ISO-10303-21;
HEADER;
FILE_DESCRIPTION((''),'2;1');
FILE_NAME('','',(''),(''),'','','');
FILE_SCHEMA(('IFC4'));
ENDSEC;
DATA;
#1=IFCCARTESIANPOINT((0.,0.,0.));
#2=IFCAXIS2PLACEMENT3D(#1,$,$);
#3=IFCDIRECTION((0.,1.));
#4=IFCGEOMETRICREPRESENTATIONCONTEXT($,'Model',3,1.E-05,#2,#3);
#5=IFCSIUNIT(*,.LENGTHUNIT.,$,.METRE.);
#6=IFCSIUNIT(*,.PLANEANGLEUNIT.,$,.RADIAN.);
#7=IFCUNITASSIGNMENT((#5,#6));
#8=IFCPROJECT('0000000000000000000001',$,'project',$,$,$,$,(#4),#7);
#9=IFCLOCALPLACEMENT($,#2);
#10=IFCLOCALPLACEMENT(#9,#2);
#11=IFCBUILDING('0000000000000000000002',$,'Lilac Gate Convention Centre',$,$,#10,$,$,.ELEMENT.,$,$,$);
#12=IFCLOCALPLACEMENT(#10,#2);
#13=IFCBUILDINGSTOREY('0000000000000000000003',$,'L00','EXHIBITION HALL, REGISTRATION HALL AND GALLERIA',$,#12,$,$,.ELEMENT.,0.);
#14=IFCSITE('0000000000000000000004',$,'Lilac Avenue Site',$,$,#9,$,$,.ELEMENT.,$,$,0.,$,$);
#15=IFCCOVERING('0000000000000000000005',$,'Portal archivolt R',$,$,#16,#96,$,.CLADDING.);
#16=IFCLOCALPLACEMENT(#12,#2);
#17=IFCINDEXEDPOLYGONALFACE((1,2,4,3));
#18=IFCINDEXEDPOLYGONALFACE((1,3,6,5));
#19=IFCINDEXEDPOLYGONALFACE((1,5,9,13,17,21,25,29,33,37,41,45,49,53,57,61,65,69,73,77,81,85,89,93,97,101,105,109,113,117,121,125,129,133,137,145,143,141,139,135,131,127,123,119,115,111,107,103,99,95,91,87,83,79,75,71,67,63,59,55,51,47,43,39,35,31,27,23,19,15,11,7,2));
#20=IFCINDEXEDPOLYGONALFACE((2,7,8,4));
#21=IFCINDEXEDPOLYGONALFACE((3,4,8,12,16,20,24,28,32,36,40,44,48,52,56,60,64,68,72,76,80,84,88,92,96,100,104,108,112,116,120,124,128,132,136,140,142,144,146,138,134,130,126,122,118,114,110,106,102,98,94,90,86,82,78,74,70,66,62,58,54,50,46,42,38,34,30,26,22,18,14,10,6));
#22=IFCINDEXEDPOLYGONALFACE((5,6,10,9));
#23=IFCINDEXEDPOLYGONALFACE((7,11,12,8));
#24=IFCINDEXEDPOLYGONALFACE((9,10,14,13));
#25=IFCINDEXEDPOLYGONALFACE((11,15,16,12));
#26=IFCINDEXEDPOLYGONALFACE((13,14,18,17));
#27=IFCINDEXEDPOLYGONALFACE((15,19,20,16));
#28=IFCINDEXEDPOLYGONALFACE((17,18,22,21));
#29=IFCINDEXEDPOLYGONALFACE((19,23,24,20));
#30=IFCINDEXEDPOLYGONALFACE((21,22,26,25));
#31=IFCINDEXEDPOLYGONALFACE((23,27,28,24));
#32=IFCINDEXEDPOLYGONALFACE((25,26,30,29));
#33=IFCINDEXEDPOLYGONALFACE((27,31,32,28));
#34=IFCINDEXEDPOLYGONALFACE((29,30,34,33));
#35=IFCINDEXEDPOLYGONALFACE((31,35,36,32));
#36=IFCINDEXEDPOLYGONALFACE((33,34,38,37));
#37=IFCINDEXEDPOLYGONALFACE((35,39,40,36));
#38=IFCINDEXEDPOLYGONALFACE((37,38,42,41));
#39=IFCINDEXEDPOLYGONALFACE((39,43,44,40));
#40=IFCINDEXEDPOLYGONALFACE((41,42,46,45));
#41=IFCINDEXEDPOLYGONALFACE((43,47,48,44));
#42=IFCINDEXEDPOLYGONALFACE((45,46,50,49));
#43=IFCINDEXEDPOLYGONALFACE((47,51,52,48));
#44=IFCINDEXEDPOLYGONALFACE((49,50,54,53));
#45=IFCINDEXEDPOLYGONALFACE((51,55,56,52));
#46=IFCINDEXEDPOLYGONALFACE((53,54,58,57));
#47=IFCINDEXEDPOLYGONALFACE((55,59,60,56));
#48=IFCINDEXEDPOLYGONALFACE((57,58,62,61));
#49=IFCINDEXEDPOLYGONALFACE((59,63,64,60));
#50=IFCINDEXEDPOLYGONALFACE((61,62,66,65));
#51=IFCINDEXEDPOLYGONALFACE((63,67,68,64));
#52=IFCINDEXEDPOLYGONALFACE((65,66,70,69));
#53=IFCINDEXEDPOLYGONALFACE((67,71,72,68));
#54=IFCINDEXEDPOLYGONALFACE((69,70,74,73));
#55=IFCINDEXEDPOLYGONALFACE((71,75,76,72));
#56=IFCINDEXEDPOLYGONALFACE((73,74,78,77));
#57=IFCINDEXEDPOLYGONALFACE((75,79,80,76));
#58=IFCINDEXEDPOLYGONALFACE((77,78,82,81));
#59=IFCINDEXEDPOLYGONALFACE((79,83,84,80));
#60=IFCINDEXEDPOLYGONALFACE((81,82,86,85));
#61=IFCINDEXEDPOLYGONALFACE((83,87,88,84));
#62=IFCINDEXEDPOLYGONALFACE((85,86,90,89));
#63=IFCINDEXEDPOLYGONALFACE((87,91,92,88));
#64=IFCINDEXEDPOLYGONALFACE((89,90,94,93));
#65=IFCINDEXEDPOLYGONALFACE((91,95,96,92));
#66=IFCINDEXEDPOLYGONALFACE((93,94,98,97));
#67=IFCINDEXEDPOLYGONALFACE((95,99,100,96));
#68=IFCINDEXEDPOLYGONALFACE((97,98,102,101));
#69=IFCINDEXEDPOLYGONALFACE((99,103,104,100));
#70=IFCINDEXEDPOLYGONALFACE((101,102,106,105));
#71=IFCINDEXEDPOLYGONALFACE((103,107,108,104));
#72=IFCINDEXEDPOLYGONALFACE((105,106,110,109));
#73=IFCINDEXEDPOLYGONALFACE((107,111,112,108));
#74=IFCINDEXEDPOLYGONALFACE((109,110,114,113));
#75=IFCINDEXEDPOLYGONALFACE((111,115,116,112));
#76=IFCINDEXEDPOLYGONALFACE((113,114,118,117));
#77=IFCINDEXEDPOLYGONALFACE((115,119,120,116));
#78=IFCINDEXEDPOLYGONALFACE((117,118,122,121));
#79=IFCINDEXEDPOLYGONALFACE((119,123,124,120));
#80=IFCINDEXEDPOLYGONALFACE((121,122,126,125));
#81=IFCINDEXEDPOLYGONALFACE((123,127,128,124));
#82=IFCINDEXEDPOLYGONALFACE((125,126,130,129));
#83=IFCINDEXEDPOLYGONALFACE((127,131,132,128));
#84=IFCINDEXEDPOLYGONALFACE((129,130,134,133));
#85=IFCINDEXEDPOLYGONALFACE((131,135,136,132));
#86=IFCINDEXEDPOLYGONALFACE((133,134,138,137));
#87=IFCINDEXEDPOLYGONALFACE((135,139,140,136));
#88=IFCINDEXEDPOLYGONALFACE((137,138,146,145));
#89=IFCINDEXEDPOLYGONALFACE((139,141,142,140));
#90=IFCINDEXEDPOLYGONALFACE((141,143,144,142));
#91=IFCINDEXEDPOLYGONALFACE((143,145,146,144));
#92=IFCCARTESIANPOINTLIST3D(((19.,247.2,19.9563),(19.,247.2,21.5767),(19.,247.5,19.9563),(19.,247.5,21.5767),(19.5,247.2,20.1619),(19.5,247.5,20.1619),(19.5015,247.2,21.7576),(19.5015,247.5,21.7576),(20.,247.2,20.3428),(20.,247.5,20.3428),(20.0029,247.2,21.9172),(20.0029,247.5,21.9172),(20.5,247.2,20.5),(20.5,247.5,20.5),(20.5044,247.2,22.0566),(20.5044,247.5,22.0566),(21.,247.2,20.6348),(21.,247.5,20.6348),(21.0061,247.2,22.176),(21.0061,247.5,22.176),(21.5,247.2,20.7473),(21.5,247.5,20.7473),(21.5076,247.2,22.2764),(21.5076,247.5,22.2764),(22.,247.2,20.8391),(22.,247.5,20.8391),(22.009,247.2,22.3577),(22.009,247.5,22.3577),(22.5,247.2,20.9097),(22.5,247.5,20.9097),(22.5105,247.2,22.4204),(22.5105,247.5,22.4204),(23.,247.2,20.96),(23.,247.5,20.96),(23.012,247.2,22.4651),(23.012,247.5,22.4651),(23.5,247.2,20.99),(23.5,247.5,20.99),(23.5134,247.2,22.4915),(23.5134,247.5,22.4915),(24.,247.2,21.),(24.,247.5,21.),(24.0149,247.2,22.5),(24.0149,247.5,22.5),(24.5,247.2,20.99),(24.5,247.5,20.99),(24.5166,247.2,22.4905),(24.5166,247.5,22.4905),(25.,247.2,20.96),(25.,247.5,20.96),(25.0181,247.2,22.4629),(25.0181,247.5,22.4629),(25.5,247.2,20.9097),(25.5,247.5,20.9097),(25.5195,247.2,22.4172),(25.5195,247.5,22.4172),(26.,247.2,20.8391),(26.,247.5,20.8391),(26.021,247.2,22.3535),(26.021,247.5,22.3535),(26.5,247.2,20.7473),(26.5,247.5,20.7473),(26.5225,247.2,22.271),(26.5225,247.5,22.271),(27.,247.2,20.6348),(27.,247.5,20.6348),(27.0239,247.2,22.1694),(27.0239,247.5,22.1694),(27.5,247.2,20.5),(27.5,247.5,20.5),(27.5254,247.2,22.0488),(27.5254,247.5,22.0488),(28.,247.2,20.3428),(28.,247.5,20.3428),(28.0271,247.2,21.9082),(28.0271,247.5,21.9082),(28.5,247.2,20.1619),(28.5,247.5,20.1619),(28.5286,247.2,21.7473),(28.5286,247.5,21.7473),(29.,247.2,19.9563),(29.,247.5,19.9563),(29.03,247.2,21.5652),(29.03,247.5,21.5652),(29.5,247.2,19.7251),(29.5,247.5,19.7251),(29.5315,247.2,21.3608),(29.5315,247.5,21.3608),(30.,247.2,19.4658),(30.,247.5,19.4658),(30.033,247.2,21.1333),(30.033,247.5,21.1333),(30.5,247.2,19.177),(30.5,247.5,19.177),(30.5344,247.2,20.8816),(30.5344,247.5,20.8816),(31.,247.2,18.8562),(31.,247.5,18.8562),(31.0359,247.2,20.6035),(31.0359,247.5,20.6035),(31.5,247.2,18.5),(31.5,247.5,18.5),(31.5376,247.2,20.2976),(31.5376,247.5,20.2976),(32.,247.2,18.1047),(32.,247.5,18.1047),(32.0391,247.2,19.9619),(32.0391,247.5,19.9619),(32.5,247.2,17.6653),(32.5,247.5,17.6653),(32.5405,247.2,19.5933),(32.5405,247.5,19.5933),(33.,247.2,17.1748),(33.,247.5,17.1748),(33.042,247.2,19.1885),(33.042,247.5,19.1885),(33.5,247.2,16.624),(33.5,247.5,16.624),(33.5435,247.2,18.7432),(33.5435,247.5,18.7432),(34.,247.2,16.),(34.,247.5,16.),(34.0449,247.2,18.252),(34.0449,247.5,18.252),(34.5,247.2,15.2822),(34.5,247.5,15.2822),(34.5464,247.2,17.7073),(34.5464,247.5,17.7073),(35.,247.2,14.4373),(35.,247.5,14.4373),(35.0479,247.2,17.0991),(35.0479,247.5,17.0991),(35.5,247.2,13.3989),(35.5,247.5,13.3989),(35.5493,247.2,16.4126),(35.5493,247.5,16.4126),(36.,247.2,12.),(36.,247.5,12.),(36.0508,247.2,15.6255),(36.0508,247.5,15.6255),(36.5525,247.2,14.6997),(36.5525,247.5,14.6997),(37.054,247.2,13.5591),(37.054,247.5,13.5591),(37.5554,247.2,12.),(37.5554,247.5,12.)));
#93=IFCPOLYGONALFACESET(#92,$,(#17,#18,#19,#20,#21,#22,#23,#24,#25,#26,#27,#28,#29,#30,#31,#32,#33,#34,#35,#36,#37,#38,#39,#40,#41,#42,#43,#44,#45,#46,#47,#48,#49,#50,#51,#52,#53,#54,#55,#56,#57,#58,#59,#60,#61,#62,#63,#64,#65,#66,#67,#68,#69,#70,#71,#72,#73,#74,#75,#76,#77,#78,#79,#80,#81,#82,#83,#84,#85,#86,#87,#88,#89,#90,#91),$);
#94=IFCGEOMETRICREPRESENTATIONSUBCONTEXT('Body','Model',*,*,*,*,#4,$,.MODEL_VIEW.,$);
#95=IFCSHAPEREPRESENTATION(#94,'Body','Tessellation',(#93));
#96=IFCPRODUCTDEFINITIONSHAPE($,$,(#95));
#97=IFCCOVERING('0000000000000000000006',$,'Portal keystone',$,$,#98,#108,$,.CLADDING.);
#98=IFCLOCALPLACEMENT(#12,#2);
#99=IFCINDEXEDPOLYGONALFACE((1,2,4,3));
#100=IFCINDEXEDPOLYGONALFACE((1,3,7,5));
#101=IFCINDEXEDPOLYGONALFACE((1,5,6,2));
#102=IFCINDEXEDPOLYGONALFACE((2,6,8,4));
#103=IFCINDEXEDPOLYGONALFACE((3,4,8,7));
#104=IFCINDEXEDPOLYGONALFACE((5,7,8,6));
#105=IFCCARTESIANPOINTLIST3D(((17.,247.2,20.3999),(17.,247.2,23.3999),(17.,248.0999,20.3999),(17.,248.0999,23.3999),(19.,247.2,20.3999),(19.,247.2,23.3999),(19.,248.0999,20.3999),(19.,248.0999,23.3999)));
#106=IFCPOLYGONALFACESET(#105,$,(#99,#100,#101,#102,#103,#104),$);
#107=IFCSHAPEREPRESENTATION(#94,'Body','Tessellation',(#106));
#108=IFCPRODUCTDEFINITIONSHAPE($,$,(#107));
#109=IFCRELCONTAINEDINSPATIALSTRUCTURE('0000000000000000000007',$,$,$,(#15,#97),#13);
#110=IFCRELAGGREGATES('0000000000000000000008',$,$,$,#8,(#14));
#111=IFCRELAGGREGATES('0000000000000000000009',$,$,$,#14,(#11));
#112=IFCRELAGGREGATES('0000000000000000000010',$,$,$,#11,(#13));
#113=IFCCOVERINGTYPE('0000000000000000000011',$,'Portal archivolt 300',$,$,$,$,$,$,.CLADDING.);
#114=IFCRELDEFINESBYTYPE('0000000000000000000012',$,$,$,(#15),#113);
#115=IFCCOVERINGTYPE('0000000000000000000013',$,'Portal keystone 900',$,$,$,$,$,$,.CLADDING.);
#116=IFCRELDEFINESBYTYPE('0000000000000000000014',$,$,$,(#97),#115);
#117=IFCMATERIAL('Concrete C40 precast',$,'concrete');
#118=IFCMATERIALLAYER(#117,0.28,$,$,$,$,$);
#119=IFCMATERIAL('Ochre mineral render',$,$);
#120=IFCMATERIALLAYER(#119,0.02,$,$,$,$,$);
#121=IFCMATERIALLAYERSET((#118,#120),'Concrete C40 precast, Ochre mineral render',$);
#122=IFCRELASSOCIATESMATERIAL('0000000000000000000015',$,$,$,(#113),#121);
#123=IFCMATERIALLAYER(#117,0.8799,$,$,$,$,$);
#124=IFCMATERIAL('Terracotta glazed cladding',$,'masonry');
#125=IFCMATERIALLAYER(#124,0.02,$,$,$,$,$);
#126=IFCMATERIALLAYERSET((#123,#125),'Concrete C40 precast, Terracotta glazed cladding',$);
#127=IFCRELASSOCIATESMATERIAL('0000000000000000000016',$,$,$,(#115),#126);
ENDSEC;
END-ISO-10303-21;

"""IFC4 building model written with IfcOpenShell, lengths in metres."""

from ifc_helpers import new_model, si_unit, direction, frame, frame_2d, origin, place, context, subcontext, project, spatial, polyline, rectangle, outline, extrude, material, layer, layer_set, type_object, element, save


model = new_model("IFC4")

# Units and contexts
model_context = context("Model", 3, precision=1e-05, world=origin(), true_north=direction((0.0, 1.0)))
body_context = subcontext(model_context, "Body", "Model", "MODEL_VIEW")
ifc_project = project(units=[si_unit("LENGTHUNIT", "METRE"), si_unit("PLANEANGLEUNIT", "RADIAN")], contexts=[model_context])

# Site, building, storey
site_placement = place(None, origin())
site = spatial("IfcSite", under=ifc_project, at=site_placement, Name="Lilac Avenue Site", CompositionType="ELEMENT", RefElevation=0.0)
building_placement = place(site_placement, origin())
building = spatial("IfcBuilding", under=site, at=building_placement, Name="Lilac Gate Convention Centre", CompositionType="ELEMENT")
storey_placement = place(building_placement, origin())
storey = spatial("IfcBuildingStorey", under=building, at=storey_placement, Name="L00", Description="EXHIBITION HALL, REGISTRATION HALL AND GALLERIA", CompositionType="ELEMENT", Elevation=0.0)

# Coverings
ifc_material_1 = material(Name="Concrete C40 precast", Category="concrete")
ifc_layer_1 = layer(ifc_material_1, 0.28)
ifc_material_2 = material(Name="Ochre mineral render")
ifc_layer_2 = layer(ifc_material_2, 0.02)
ifc_layer_set_1 = layer_set([ifc_layer_1, ifc_layer_2], Name="Concrete C40 precast, Ochre mineral render")
covering_type_1 = type_object("IfcCoveringType", Name="Portal archivolt 300", PredefinedType="CLADDING", material=ifc_layer_set_1)
covering_1_placement = place(storey_placement, frame((19.0, 247.3501, 12.0), z_axis=(0.0, 0.0, 1.0), x_axis=(1.0, 0.0, 0.0)))
element("IfcCovering", 1, at=covering_1_placement, inside=storey, type_object=covering_type_1, Name="Portal archivolt R", PredefinedType="CLADDING", context=body_context, shape_type="SweptSolid", body=[
    extrude(outline(polyline([(0.0, 7.9563), (0.5, 8.1619), (1.0, 8.3428), (1.5, 8.5), (2.0, 8.6348), (2.5, 8.7473), (3.0, 8.8391), (3.5, 8.9097), (4.0, 8.96), (4.5, 8.99), (5.0, 9.0), (5.5, 8.99), (6.0, 8.96), (6.5, 8.9097), (7.0, 8.8391), (7.5, 8.7473), (8.0, 8.6348), (8.5, 8.5), (9.0, 8.3428), (9.5, 8.1619), (10.0, 7.9563), (10.5, 7.7251), (11.0, 7.4658), (11.5, 7.177), (12.0, 6.8562), (12.5, 6.5), (13.0, 6.1047), (13.5, 5.6653), (14.0, 5.1748), (14.5, 4.624), (15.0, 4.0), (15.5, 3.2822), (16.0, 2.4373), (16.5, 1.3989), (17.0, 0.0), (17.0, 0.0), (18.5554, 0.0), (18.5554, 0.0), (18.054, 1.5591), (17.5525, 2.6997), (17.0508, 3.6255), (16.5493, 4.4126), (16.0479, 5.0991), (15.5464, 5.7073), (15.0449, 6.252), (14.5435, 6.7432), (14.042, 7.1885), (13.5405, 7.5933), (13.0391, 7.9619), (12.5376, 8.2976), (12.0359, 8.6035), (11.5344, 8.8816), (11.033, 9.1333), (10.5315, 9.3608), (10.03, 9.5652), (9.5286, 9.7473), (9.0271, 9.9082), (8.5254, 10.0488), (8.0239, 10.1694), (7.5225, 10.271), (7.021, 10.3535), (6.5195, 10.4172), (6.0181, 10.4629), (5.5166, 10.4905), (5.0149, 10.5), (4.5134, 10.4915), (4.012, 10.4651), (3.5105, 10.4204), (3.009, 10.3577), (2.5076, 10.2764), (2.0061, 10.176), (1.5044, 10.0566), (1.0029, 9.9172), (0.5015, 9.7576), (0.0, 9.5767), (0.0, 7.9563)])), frame((0.0, 0.1499, 0.0), z_axis=(0.0, -1.0, 0.0), x_axis=(1.0, 0.0, 0.0)), (0.0, 0.0, 1.0), 0.3),
])
ifc_layer_3 = layer(ifc_material_1, 0.8799)
ifc_material_3 = material(Name="Terracotta glazed cladding", Category="masonry")
ifc_layer_4 = layer(ifc_material_3, 0.02)
ifc_layer_set_2 = layer_set([ifc_layer_3, ifc_layer_4], Name="Concrete C40 precast, Terracotta glazed cladding")
covering_type_2 = type_object("IfcCoveringType", Name="Portal keystone 900", PredefinedType="CLADDING", material=ifc_layer_set_2)
covering_2_placement = place(storey_placement, frame((17.0, 247.6499, 20.3999), z_axis=(0.0, 0.0, 1.0), x_axis=(1.0, 0.0, 0.0)))
element("IfcCovering", 2, at=covering_2_placement, inside=storey, type_object=covering_type_2, Name="Portal keystone", PredefinedType="CLADDING", context=body_context, shape_type="SweptSolid", body=[
    extrude(rectangle(XDim=2.0, YDim=0.8999, at=frame_2d((1.0, 0.0))), origin(), (0.0, 0.0, 1.0), 3.0),
])

save(model, "model.ifc")
